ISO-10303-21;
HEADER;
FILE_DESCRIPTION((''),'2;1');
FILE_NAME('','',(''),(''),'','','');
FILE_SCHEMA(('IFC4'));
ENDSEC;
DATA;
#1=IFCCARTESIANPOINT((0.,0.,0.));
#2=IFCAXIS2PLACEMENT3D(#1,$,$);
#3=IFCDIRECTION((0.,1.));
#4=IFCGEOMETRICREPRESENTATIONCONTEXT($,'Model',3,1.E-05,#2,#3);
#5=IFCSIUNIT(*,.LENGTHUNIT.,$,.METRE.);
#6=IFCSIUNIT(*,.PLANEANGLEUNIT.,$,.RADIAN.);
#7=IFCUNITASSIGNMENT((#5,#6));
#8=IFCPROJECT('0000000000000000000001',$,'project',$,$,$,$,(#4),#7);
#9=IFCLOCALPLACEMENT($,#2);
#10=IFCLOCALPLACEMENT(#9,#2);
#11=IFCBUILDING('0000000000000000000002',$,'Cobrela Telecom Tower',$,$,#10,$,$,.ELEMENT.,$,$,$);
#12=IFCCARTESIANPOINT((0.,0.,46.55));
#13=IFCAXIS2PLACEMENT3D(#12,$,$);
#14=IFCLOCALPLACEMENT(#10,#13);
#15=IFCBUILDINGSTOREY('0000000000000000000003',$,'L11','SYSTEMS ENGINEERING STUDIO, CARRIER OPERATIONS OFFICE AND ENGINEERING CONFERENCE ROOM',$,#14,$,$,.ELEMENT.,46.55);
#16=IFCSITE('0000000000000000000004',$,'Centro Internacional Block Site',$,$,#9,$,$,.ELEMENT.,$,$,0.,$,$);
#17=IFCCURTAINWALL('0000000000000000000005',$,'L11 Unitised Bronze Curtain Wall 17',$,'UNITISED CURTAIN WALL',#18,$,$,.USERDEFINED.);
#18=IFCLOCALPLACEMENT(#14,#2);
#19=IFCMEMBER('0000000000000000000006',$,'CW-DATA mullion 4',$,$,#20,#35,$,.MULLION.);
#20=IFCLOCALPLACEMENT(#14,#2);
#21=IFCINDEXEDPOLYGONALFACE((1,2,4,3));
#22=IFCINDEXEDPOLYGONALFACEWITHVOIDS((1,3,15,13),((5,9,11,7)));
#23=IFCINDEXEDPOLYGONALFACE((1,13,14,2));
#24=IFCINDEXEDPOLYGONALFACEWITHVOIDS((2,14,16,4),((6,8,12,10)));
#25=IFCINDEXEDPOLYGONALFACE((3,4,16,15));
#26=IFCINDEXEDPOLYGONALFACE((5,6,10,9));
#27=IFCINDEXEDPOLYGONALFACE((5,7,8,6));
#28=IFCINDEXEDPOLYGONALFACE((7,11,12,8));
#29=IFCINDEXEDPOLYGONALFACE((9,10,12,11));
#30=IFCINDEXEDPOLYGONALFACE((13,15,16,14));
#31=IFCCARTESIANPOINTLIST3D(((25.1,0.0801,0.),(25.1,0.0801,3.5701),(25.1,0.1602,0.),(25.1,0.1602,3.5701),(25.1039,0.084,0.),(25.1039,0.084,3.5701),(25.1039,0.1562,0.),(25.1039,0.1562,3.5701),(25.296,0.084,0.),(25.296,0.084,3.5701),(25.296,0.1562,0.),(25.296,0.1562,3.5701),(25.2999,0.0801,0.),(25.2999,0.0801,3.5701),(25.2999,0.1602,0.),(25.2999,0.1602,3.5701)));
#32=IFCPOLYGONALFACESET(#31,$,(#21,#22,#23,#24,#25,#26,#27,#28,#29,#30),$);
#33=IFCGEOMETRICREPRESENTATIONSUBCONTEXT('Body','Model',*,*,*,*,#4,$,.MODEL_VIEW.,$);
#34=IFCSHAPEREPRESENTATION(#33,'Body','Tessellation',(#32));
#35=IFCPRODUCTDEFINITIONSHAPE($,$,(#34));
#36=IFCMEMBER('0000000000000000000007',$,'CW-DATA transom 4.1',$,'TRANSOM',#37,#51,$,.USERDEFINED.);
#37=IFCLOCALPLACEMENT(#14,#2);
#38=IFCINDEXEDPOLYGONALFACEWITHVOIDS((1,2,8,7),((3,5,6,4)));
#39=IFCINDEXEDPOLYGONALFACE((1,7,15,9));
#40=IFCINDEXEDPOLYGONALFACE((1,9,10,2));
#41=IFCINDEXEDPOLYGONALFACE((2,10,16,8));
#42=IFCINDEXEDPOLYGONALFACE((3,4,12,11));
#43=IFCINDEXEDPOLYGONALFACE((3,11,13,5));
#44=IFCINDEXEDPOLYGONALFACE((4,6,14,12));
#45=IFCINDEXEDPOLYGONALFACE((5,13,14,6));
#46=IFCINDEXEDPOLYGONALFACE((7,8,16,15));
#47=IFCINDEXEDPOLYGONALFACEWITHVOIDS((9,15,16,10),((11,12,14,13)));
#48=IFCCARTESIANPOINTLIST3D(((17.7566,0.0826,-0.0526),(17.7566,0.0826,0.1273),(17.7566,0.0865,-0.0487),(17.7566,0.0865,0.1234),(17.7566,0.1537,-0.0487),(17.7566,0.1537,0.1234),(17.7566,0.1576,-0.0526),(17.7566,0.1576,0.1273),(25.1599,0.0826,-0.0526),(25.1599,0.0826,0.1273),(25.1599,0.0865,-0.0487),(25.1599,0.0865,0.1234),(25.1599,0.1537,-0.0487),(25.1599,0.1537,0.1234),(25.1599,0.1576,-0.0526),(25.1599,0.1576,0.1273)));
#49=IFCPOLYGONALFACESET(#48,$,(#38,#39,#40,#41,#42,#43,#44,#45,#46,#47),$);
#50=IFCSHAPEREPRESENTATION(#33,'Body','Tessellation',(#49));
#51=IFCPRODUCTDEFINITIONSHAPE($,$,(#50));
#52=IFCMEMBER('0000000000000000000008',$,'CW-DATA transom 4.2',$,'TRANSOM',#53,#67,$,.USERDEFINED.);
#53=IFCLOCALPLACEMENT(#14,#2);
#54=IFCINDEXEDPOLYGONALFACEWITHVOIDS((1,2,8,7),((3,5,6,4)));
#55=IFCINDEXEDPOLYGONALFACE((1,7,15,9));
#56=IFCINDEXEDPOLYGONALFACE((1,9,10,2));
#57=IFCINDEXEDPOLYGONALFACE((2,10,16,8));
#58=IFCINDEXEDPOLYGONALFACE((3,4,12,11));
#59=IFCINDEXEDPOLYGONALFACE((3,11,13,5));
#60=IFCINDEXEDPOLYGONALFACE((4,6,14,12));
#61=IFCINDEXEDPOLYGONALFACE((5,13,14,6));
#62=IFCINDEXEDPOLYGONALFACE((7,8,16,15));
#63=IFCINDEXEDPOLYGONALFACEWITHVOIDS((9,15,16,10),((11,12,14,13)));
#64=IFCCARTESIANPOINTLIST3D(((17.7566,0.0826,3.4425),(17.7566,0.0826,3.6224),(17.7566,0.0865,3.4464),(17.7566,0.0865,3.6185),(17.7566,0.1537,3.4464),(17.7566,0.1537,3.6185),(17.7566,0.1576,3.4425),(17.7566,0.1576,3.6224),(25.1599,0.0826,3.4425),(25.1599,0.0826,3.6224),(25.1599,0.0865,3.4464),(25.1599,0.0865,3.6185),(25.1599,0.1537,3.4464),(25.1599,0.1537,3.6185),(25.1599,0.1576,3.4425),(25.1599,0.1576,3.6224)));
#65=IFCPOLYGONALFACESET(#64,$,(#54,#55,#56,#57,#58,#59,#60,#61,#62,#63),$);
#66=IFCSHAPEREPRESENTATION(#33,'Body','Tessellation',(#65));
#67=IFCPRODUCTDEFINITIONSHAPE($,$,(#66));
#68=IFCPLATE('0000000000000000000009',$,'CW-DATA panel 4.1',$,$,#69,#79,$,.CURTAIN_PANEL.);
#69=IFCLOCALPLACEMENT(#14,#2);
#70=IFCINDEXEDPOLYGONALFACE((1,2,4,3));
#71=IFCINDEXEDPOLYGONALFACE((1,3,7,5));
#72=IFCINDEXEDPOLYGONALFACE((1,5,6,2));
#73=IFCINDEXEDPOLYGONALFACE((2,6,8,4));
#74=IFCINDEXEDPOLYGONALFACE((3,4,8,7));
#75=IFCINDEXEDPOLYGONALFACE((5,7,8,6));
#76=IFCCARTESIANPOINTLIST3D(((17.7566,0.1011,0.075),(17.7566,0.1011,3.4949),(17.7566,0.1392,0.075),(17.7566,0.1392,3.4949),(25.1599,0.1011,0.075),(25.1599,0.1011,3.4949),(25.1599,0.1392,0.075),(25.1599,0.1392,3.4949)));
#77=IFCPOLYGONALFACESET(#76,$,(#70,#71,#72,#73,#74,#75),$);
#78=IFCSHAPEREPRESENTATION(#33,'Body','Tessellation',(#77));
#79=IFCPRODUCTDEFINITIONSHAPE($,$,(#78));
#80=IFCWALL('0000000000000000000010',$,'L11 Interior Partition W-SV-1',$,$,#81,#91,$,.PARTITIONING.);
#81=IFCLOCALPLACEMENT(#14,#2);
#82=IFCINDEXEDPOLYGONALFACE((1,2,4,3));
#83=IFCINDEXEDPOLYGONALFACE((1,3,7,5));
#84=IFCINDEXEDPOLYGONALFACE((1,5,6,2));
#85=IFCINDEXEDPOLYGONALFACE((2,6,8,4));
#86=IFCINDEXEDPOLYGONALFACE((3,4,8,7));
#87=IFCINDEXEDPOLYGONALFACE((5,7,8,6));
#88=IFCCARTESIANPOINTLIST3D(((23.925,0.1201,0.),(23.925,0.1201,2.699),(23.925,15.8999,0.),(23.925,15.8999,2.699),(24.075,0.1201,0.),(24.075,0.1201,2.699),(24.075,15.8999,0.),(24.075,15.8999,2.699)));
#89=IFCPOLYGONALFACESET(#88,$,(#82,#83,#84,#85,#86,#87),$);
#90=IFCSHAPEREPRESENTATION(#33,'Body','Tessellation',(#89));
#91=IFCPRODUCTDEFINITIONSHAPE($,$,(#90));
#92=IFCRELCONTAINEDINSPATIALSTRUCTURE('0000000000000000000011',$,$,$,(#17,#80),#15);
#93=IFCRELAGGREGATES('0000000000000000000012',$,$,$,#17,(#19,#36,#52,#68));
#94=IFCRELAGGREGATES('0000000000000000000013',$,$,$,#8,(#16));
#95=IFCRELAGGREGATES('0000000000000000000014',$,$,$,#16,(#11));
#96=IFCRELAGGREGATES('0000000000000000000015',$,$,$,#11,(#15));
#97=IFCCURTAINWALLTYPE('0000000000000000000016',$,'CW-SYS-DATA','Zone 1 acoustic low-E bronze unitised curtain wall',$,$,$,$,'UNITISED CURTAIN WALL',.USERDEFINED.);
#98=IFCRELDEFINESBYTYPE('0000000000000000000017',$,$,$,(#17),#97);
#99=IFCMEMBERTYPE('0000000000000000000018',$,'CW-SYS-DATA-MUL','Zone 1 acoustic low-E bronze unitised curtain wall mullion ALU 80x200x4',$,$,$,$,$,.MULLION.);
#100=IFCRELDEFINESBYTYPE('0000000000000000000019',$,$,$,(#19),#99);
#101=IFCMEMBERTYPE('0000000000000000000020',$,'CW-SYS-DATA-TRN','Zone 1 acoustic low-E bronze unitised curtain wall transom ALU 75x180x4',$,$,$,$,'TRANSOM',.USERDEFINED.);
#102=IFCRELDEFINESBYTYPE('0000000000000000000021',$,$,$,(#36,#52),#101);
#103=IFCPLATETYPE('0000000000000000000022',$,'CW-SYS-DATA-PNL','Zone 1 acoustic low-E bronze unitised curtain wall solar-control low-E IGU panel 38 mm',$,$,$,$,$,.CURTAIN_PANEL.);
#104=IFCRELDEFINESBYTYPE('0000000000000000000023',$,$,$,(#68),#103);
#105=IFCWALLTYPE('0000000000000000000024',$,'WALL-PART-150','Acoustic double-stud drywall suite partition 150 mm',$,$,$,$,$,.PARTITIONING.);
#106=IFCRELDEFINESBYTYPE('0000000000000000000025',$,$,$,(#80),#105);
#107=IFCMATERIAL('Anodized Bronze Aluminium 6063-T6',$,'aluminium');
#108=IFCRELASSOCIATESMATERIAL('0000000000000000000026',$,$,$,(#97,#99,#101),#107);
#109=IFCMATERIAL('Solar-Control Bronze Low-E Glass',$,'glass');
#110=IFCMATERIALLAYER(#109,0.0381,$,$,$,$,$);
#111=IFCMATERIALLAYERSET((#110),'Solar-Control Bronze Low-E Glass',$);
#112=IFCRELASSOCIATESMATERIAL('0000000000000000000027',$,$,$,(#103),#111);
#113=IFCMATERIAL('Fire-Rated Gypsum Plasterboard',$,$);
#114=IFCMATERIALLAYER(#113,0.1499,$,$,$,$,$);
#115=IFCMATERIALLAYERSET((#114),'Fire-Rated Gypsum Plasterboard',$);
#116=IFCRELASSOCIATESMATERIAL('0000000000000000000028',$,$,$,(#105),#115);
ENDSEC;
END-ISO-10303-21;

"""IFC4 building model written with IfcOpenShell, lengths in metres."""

from ifc_helpers import new_model, si_unit, direction, frame, frame_2d, origin, origin_2d, place, context, subcontext, project, spatial, rectangle, hollow_rectangle, extrude, material, layer, layer_set, material_profile, profile_set, type_object, element, aggregate, save


model = new_model("IFC4")

# Units and contexts
model_context = context("Model", 3, precision=1e-05, world=origin(), true_north=direction((0.0, 1.0)))
body_context = subcontext(model_context, "Body", "Model", "MODEL_VIEW")
ifc_project = project(units=[si_unit("LENGTHUNIT", "METRE"), si_unit("PLANEANGLEUNIT", "RADIAN")], contexts=[model_context])

# Site, building, storey
site_placement = place(None, origin())
site = spatial("IfcSite", under=ifc_project, at=site_placement, Name="Centro Internacional Block Site", CompositionType="ELEMENT", RefElevation=0.0)
building_placement = place(site_placement, origin())
building = spatial("IfcBuilding", under=site, at=building_placement, Name="Cobrela Telecom Tower", CompositionType="ELEMENT")
storey_placement = place(building_placement, frame((0.0, 0.0, 46.55)))
storey = spatial("IfcBuildingStorey", under=building, at=storey_placement, Name="L11", Description="SYSTEMS ENGINEERING STUDIO, CARRIER OPERATIONS OFFICE AND ENGINEERING CONFERENCE ROOM", CompositionType="ELEMENT", Elevation=46.55)

# Curtain wall, members, plate
ifc_material_1 = material(Name="Anodized Bronze Aluminium 6063-T6", Category="aluminium")
curtain_wall_type = type_object("IfcCurtainWallType", Name="CW-SYS-DATA", Description="Zone 1 acoustic low-E bronze unitised curtain wall", ElementType="UNITISED CURTAIN WALL", PredefinedType="USERDEFINED", material=ifc_material_1)
curtain_wall_placement = place(storey_placement, origin())
curtain_wall = element("IfcCurtainWall", 1, at=curtain_wall_placement, inside=storey, type_object=curtain_wall_type, Name="L11 Unitised Bronze Curtain Wall 17", ObjectType="UNITISED CURTAIN WALL", PredefinedType="USERDEFINED")
ifc_material_profile_1 = material_profile(ifc_material_1, hollow_rectangle(XDim=0.0801, YDim=0.2, WallThickness=0.0039, at=origin_2d()), Name="ALU 80x200x4")
ifc_profile_set_1 = profile_set([ifc_material_profile_1], Name="Anodized Bronze Aluminium 6063-T6")
member_type_1 = type_object("IfcMemberType", Name="CW-SYS-DATA-MUL", Description="Zone 1 acoustic low-E bronze unitised curtain wall mullion ALU 80x200x4", PredefinedType="MULLION", material=ifc_profile_set_1)
member_1_placement = place(storey_placement, frame((25.2, 0.1201, 0.0), z_axis=(0.0, 0.0, 1.0), x_axis=(0.0, -1.0, 0.0)))
member_1 = element("IfcMember", 2, at=member_1_placement, type_object=member_type_1, Name="CW-DATA mullion 4", PredefinedType="MULLION", context=body_context, shape_type="SweptSolid", body=[
    extrude(hollow_rectangle(XDim=0.0801, YDim=0.2, WallThickness=0.0039, at=origin_2d()), origin(), (0.0, 0.0, 1.0), 3.5701),
])
ifc_material_profile_2 = material_profile(ifc_material_1, hollow_rectangle(XDim=0.075, YDim=0.1799, WallThickness=0.0039, at=origin_2d()), Name="ALU 75x180x4")
ifc_profile_set_2 = profile_set([ifc_material_profile_2], Name="Anodized Bronze Aluminium 6063-T6")
member_type_2 = type_object("IfcMemberType", Name="CW-SYS-DATA-TRN", Description="Zone 1 acoustic low-E bronze unitised curtain wall transom ALU 75x180x4", ElementType="TRANSOM", PredefinedType="USERDEFINED", material=ifc_profile_set_2)
member_2_placement = place(storey_placement, frame((25.1599, 0.1201, 0.0374), z_axis=(-1.0, 0.0, 0.0), x_axis=(0.0, -1.0, 0.0)))
member_2 = element("IfcMember", 3, at=member_2_placement, type_object=member_type_2, Name="CW-DATA transom 4.1", ObjectType="TRANSOM", PredefinedType="USERDEFINED", context=body_context, shape_type="SweptSolid", body=[
    extrude(hollow_rectangle(XDim=0.075, YDim=0.1799, WallThickness=0.0039, at=origin_2d()), origin(), (0.0, 0.0, 1.0), 7.4033),
])
member_3_placement = place(storey_placement, frame((25.1599, 0.1201, 3.5325), z_axis=(-1.0, 0.0, 0.0), x_axis=(0.0, -1.0, 0.0)))
member_3 = element("IfcMember", 4, at=member_3_placement, type_object=member_type_2, Name="CW-DATA transom 4.2", ObjectType="TRANSOM", PredefinedType="USERDEFINED", context=body_context, shape_type="SweptSolid", body=[
    extrude(hollow_rectangle(XDim=0.075, YDim=0.1799, WallThickness=0.0039, at=origin_2d()), origin(), (0.0, 0.0, 1.0), 7.4033),
])
ifc_material_2 = material(Name="Solar-Control Bronze Low-E Glass", Category="glass")
ifc_layer_1 = layer(ifc_material_2, 0.0381)
ifc_layer_set_1 = layer_set([ifc_layer_1], Name="Solar-Control Bronze Low-E Glass")
plate_type = type_object("IfcPlateType", Name="CW-SYS-DATA-PNL", Description="Zone 1 acoustic low-E bronze unitised curtain wall solar-control low-E IGU panel 38 mm", PredefinedType="CURTAIN_PANEL", material=ifc_layer_set_1)
plate_placement = place(storey_placement, frame((21.4583, 0.1201, 0.075), z_axis=(0.0, 0.0, 1.0), x_axis=(-1.0, 0.0, 0.0)))
plate = element("IfcPlate", 5, at=plate_placement, type_object=plate_type, Name="CW-DATA panel 4.1", PredefinedType="CURTAIN_PANEL", context=body_context, shape_type="SweptSolid", body=[
    extrude(rectangle(XDim=7.4033, YDim=0.0381, at=origin_2d()), origin(), (0.0, 0.0, 1.0), 3.4199),
])
aggregate(curtain_wall, [member_1, member_2, member_3, plate])

# Wall
ifc_material_3 = material(Name="Fire-Rated Gypsum Plasterboard")
ifc_layer_2 = layer(ifc_material_3, 0.1499)
ifc_layer_set_2 = layer_set([ifc_layer_2], Name="Fire-Rated Gypsum Plasterboard")
wall_type = type_object("IfcWallType", Name="WALL-PART-150", Description="Acoustic double-stud drywall suite partition 150 mm", PredefinedType="PARTITIONING", material=ifc_layer_set_2)
wall_placement = place(storey_placement, frame((24.0, 0.1201, 0.0), z_axis=(0.0, 0.0, 1.0), x_axis=(0.0, 1.0, 0.0)))
element("IfcWall", 6, at=wall_placement, inside=storey, type_object=wall_type, Name="L11 Interior Partition W-SV-1", PredefinedType="PARTITIONING", context=body_context, shape_type="SweptSolid", body=[
    extrude(rectangle(XDim=15.7798, YDim=0.1499, at=frame_2d((7.8899, 0.0))), origin(), (0.0, 0.0, 1.0), 2.699),
])

save(model, "model.ifc")
